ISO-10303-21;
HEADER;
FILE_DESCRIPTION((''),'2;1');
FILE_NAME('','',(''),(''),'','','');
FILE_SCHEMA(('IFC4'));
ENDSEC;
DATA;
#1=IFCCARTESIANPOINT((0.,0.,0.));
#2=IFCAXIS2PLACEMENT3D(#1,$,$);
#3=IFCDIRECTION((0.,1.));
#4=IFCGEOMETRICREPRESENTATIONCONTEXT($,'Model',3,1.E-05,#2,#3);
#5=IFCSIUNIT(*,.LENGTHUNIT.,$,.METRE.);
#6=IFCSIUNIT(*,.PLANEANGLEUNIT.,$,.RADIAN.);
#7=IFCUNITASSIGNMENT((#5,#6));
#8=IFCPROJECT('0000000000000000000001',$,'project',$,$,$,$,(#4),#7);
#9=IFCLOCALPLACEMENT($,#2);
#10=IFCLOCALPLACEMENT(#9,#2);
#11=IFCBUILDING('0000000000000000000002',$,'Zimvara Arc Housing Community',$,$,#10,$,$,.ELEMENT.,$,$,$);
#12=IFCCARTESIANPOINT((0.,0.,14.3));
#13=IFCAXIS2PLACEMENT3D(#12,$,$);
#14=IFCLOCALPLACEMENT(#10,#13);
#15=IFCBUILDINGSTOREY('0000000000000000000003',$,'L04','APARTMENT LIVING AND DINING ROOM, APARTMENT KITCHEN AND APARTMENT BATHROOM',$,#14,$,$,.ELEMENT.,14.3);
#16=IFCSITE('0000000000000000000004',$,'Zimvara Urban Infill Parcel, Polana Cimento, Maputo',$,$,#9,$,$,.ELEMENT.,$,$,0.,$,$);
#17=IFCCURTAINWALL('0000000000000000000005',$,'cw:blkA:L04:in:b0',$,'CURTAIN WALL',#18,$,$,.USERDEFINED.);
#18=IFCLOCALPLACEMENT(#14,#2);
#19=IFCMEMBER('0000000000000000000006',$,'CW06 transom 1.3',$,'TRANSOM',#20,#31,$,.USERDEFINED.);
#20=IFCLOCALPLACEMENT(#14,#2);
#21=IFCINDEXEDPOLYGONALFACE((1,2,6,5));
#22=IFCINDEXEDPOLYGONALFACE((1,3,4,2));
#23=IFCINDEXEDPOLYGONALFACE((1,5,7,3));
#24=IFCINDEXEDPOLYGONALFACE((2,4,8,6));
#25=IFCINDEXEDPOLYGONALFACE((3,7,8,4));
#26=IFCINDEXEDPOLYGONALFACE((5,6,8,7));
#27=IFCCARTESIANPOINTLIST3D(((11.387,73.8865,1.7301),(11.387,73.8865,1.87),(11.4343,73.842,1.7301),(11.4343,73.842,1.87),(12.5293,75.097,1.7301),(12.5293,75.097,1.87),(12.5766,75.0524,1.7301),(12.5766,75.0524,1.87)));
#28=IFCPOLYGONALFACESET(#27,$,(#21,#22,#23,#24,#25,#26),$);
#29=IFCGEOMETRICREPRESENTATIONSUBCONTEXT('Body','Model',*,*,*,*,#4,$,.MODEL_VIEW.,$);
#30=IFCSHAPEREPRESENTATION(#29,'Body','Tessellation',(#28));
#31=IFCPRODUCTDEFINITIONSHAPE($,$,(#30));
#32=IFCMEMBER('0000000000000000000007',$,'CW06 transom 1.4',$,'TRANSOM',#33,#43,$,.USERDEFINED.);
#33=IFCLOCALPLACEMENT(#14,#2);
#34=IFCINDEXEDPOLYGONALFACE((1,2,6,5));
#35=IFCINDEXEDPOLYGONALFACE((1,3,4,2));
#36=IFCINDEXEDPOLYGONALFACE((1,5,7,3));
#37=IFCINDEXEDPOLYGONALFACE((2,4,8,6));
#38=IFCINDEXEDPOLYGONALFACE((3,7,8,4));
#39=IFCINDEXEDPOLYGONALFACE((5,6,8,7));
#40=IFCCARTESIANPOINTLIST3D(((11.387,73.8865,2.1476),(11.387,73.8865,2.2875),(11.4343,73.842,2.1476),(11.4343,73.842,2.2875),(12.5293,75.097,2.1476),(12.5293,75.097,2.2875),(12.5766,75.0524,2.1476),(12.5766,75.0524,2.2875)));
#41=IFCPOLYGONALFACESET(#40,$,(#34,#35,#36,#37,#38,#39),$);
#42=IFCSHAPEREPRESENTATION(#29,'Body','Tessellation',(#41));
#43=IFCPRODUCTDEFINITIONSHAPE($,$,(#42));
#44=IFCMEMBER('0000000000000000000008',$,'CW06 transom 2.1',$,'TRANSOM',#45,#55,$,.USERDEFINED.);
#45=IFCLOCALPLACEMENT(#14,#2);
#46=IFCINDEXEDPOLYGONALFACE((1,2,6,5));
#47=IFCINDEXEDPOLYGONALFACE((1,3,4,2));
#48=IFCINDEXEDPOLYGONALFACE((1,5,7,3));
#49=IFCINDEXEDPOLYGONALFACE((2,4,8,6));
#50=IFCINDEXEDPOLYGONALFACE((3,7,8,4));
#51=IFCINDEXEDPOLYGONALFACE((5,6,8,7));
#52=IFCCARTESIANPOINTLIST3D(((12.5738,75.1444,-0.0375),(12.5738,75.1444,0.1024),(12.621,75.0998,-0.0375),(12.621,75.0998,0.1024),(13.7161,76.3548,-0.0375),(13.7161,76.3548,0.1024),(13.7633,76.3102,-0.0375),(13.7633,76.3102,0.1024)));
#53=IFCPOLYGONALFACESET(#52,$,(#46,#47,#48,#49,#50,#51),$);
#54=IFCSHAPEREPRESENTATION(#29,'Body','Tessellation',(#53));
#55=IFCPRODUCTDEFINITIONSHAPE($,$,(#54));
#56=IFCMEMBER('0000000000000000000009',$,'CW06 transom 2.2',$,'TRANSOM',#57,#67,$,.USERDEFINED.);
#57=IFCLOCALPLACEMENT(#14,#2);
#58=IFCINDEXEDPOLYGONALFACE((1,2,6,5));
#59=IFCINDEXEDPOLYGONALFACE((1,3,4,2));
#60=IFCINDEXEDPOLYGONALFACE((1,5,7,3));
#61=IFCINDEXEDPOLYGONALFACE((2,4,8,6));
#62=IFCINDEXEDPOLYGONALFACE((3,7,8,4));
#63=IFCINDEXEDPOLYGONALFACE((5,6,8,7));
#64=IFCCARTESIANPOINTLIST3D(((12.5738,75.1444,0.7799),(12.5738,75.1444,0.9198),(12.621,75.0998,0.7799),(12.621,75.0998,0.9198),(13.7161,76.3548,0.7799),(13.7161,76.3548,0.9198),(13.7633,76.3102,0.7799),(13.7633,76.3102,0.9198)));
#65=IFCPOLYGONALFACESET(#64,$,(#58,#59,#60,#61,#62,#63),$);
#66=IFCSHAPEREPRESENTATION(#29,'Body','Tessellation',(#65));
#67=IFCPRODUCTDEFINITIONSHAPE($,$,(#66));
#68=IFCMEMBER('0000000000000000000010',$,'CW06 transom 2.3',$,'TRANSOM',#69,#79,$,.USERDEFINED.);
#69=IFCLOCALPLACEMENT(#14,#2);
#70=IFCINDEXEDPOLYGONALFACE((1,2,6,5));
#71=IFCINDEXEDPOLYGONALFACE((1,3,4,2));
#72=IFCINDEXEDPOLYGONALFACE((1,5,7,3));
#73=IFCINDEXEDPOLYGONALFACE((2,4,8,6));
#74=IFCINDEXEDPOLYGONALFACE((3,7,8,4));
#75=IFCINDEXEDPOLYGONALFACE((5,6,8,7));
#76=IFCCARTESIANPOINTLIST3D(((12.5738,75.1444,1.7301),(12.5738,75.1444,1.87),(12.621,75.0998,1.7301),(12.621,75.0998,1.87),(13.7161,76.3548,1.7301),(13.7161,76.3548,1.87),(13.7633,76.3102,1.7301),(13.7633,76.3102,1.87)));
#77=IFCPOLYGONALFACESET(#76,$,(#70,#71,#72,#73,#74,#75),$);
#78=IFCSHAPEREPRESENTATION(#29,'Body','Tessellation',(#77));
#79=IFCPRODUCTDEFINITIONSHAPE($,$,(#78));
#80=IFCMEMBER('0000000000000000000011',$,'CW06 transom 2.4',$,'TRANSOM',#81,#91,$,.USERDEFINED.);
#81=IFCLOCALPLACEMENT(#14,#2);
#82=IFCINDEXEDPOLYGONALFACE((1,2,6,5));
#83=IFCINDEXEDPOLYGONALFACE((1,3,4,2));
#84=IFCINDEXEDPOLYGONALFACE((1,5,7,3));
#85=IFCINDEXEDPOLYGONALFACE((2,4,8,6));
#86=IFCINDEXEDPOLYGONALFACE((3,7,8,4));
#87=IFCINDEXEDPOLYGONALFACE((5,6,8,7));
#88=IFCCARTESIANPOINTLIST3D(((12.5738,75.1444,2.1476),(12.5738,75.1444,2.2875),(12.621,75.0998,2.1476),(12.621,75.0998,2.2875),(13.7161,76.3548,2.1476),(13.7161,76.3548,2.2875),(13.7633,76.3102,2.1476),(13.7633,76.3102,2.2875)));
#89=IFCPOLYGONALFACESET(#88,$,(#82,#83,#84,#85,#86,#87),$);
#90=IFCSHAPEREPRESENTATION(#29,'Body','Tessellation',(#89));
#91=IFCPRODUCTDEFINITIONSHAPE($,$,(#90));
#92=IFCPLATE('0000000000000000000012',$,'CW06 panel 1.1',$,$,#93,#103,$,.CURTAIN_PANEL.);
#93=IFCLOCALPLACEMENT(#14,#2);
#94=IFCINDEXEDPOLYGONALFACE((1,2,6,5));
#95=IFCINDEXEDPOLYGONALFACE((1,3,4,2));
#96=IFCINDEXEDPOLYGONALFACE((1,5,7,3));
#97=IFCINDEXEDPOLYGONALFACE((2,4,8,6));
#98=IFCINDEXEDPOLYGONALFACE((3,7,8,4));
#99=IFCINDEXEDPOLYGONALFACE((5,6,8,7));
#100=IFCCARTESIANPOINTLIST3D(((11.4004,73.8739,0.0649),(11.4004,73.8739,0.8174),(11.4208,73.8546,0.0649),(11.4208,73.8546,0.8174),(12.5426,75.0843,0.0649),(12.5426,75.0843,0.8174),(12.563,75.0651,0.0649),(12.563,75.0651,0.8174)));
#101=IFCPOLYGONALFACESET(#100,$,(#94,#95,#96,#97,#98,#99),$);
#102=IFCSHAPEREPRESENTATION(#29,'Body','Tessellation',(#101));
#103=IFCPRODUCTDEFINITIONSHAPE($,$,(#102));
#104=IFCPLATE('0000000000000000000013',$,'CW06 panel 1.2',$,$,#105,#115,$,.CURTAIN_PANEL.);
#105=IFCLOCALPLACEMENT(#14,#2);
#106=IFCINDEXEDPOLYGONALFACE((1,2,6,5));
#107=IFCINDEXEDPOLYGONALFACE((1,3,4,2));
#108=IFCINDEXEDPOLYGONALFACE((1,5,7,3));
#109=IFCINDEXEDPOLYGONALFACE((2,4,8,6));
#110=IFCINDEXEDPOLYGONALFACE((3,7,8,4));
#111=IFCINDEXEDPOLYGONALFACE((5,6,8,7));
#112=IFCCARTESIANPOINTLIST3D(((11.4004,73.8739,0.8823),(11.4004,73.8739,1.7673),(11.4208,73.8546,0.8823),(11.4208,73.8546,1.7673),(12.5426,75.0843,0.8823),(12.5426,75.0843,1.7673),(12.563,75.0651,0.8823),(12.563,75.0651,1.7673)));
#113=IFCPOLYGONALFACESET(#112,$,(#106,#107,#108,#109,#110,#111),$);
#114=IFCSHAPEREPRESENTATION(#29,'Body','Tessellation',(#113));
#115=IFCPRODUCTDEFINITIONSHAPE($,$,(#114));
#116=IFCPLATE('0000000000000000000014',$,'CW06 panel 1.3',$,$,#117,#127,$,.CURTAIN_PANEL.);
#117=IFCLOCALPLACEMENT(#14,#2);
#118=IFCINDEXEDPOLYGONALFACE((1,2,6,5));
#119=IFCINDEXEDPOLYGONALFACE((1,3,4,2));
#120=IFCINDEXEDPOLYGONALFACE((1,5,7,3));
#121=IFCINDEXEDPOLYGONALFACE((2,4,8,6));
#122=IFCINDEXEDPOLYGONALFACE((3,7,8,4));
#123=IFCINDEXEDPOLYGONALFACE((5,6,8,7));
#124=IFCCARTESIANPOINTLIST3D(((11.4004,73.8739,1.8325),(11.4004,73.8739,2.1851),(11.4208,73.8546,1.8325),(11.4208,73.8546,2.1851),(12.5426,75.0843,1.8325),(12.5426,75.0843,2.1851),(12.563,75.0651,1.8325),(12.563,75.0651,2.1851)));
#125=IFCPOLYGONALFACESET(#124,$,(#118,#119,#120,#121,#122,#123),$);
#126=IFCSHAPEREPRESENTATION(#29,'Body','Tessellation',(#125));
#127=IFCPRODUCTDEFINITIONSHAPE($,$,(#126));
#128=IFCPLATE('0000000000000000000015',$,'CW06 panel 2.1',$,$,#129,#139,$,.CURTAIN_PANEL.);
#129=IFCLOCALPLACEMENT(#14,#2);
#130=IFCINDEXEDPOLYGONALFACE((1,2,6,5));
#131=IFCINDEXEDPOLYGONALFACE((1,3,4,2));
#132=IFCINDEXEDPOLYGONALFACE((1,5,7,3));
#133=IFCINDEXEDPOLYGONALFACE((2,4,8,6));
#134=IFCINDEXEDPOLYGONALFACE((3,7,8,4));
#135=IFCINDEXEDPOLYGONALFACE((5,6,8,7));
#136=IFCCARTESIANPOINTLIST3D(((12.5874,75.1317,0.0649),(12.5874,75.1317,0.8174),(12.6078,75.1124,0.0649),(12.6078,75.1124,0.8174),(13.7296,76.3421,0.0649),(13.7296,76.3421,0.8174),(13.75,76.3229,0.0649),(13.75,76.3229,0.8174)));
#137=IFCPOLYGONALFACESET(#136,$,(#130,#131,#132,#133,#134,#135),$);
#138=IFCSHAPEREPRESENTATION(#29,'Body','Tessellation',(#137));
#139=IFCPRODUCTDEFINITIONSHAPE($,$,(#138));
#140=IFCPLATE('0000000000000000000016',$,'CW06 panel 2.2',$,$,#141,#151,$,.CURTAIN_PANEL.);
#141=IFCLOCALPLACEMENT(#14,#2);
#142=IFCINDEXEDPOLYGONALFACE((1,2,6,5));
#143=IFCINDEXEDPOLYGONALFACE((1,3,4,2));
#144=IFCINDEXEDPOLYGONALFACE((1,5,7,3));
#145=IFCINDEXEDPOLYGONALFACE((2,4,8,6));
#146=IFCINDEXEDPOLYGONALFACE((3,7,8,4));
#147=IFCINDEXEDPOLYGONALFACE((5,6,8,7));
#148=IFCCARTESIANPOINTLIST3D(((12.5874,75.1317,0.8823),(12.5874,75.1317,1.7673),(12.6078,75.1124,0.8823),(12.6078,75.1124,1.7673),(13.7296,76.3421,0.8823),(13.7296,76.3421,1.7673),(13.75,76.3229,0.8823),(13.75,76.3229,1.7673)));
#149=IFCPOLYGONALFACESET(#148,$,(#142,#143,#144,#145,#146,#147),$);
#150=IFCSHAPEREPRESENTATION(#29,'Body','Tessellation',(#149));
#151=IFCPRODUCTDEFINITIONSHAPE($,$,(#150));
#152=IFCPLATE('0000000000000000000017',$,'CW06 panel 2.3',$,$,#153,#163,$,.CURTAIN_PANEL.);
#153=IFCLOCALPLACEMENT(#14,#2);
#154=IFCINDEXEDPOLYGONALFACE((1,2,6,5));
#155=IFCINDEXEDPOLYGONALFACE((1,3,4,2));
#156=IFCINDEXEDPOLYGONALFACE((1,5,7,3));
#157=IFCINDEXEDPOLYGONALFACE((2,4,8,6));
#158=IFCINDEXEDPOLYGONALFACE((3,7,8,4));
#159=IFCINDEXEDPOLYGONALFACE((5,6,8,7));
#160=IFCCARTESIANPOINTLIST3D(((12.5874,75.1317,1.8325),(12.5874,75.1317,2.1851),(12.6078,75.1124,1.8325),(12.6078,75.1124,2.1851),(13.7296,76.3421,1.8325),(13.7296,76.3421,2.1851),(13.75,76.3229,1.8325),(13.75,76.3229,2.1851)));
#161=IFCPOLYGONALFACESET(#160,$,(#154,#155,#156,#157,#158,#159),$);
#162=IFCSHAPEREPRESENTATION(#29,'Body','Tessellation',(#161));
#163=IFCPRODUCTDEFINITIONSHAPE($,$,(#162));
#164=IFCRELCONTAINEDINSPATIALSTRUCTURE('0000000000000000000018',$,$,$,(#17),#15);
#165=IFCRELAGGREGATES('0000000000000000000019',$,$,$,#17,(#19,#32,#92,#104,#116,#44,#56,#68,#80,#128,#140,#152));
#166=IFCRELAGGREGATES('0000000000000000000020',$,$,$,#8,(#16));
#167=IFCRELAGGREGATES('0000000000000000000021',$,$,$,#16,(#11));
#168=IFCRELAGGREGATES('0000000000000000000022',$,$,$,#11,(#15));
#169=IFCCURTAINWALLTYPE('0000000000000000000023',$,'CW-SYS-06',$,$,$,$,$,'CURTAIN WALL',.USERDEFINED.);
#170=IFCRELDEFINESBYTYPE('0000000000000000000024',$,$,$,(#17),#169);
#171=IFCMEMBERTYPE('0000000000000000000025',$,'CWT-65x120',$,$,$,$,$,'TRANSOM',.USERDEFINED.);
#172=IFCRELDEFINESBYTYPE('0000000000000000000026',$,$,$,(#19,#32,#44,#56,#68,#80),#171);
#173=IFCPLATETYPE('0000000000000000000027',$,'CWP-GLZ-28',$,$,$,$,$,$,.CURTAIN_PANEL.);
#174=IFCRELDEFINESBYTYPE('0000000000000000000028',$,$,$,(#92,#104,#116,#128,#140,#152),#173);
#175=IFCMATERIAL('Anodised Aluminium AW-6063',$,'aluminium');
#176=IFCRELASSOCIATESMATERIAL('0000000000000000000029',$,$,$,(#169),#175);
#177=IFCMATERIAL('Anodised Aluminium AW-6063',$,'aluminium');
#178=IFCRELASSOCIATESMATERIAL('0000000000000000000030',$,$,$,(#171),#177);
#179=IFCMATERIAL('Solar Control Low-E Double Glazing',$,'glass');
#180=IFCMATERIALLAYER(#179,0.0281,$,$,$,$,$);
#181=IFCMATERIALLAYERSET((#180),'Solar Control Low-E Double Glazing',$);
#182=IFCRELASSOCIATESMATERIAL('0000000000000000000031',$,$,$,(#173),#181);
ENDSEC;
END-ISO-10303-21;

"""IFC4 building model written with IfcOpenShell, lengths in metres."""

from ifc_helpers import new_model, si_unit, direction, frame, origin, origin_2d, place, context, subcontext, project, spatial, rectangle, extrude, material, layer, layer_set, material_profile, profile_set, type_object, element, aggregate, save


model = new_model("IFC4")

# Units and contexts
model_context = context("Model", 3, precision=1e-05, world=origin(), true_north=direction((0.0, 1.0)))
body_context = subcontext(model_context, "Body", "Model", "MODEL_VIEW")
ifc_project = project(units=[si_unit("LENGTHUNIT", "METRE"), si_unit("PLANEANGLEUNIT", "RADIAN")], contexts=[model_context])

# Site, building, storey
site_placement = place(None, origin())
site = spatial("IfcSite", under=ifc_project, at=site_placement, Name="Zimvara Urban Infill Parcel, Polana Cimento, Maputo", CompositionType="ELEMENT", RefElevation=0.0)
building_placement = place(site_placement, origin())
building = spatial("IfcBuilding", under=site, at=building_placement, Name="Zimvara Arc Housing Community", CompositionType="ELEMENT")
storey_placement = place(building_placement, frame((0.0, 0.0, 14.3)))
storey = spatial("IfcBuildingStorey", under=building, at=storey_placement, Name="L04", Description="APARTMENT LIVING AND DINING ROOM, APARTMENT KITCHEN AND APARTMENT BATHROOM", CompositionType="ELEMENT", Elevation=14.3)

# Curtain wall, members, plates
ifc_material_1 = material(Name="Anodised Aluminium AW-6063", Category="aluminium")
curtain_wall_type = type_object("IfcCurtainWallType", Name="CW-SYS-06", ElementType="CURTAIN WALL", PredefinedType="USERDEFINED", material=ifc_material_1)
curtain_wall_placement = place(storey_placement, origin())
curtain_wall = element("IfcCurtainWall", 1, at=curtain_wall_placement, inside=storey, type_object=curtain_wall_type, Name="cw:blkA:L04:in:b0", ObjectType="CURTAIN WALL", PredefinedType="USERDEFINED")
ifc_material_2 = material(Name="Anodised Aluminium AW-6063", Category="aluminium")
ifc_material_profile_1 = material_profile(ifc_material_2, rectangle(XDim=0.0649, YDim=0.1399, at=origin_2d()), Name="ALU 65x140")
ifc_profile_set_1 = profile_set([ifc_material_profile_1], Name="Anodised Aluminium AW-6063")
member_type_1 = type_object("IfcMemberType", Name="CWT-65x120", ElementType="TRANSOM", PredefinedType="USERDEFINED", material=ifc_profile_set_1)
member_1_placement = place(storey_placement, frame((11.4106, 73.8643, 1.8), z_axis=(0.686348, 0.727273, 0.0), x_axis=(-0.727273, 0.686348, 0.0)))
member_1 = element("IfcMember", 2, at=member_1_placement, type_object=member_type_1, Name="CW06 transom 1.3", ObjectType="TRANSOM", PredefinedType="USERDEFINED", context=body_context, shape_type="SweptSolid", body=[
    extrude(rectangle(XDim=0.0649, YDim=0.1399, at=origin_2d()), origin(), (0.0, 0.0, 1.0), 1.6643),
])
member_2_placement = place(storey_placement, frame((11.4106, 73.8643, 2.2175), z_axis=(0.686348, 0.727273, 0.0), x_axis=(-0.727273, 0.686348, 0.0)))
member_2 = element("IfcMember", 3, at=member_2_placement, type_object=member_type_1, Name="CW06 transom 1.4", ObjectType="TRANSOM", PredefinedType="USERDEFINED", context=body_context, shape_type="SweptSolid", body=[
    extrude(rectangle(XDim=0.0649, YDim=0.1399, at=origin_2d()), origin(), (0.0, 0.0, 1.0), 1.6643),
])
member_3_placement = place(storey_placement, frame((12.5974, 75.1221, 0.0325), z_axis=(0.686348, 0.727273, 0.0), x_axis=(-0.727273, 0.686348, 0.0)))
member_3 = element("IfcMember", 4, at=member_3_placement, type_object=member_type_1, Name="CW06 transom 2.1", ObjectType="TRANSOM", PredefinedType="USERDEFINED", context=body_context, shape_type="SweptSolid", body=[
    extrude(rectangle(XDim=0.0649, YDim=0.1399, at=origin_2d()), origin(), (0.0, 0.0, 1.0), 1.6643),
])
member_4_placement = place(storey_placement, frame((12.5974, 75.1221, 0.8499), z_axis=(0.686348, 0.727273, 0.0), x_axis=(-0.727273, 0.686348, 0.0)))
member_4 = element("IfcMember", 5, at=member_4_placement, type_object=member_type_1, Name="CW06 transom 2.2", ObjectType="TRANSOM", PredefinedType="USERDEFINED", context=body_context, shape_type="SweptSolid", body=[
    extrude(rectangle(XDim=0.0649, YDim=0.1399, at=origin_2d()), origin(), (0.0, 0.0, 1.0), 1.6643),
])
member_5_placement = place(storey_placement, frame((12.5974, 75.1221, 1.8), z_axis=(0.686348, 0.727273, 0.0), x_axis=(-0.727273, 0.686348, 0.0)))
member_5 = element("IfcMember", 6, at=member_5_placement, type_object=member_type_1, Name="CW06 transom 2.3", ObjectType="TRANSOM", PredefinedType="USERDEFINED", context=body_context, shape_type="SweptSolid", body=[
    extrude(rectangle(XDim=0.0649, YDim=0.1399, at=origin_2d()), origin(), (0.0, 0.0, 1.0), 1.6643),
])
member_6_placement = place(storey_placement, frame((12.5974, 75.1221, 2.2175), z_axis=(0.686348, 0.727273, 0.0), x_axis=(-0.727273, 0.686348, 0.0)))
member_6 = element("IfcMember", 7, at=member_6_placement, type_object=member_type_1, Name="CW06 transom 2.4", ObjectType="TRANSOM", PredefinedType="USERDEFINED", context=body_context, shape_type="SweptSolid", body=[
    extrude(rectangle(XDim=0.0649, YDim=0.1399, at=origin_2d()), origin(), (0.0, 0.0, 1.0), 1.6643),
])
ifc_material_3 = material(Name="Solar Control Low-E Double Glazing", Category="glass")
ifc_layer_1 = layer(ifc_material_3, 0.0281)
ifc_layer_set_1 = layer_set([ifc_layer_1], Name="Solar Control Low-E Double Glazing")
plate_type = type_object("IfcPlateType", Name="CWP-GLZ-28", PredefinedType="CURTAIN_PANEL", material=ifc_layer_set_1)
plate_1_placement = place(storey_placement, frame((11.9817, 74.4695, 0.0649), z_axis=(0.0, 0.0, 1.0), x_axis=(0.686327, 0.727293, 0.0)))
plate_1 = element("IfcPlate", 8, at=plate_1_placement, type_object=plate_type, Name="CW06 panel 1.1", PredefinedType="CURTAIN_PANEL", context=body_context, shape_type="SweptSolid", body=[
    extrude(rectangle(XDim=1.6643, YDim=0.0281, at=origin_2d()), origin(), (0.0, 0.0, 1.0), 0.7524),
])
plate_2_placement = place(storey_placement, frame((11.9817, 74.4695, 0.8823), z_axis=(0.0, 0.0, 1.0), x_axis=(0.686327, 0.727293, 0.0)))
plate_2 = element("IfcPlate", 9, at=plate_2_placement, type_object=plate_type, Name="CW06 panel 1.2", PredefinedType="CURTAIN_PANEL", context=body_context, shape_type="SweptSolid", body=[
    extrude(rectangle(XDim=1.6643, YDim=0.0281, at=origin_2d()), origin(), (0.0, 0.0, 1.0), 0.885),
])
plate_3_placement = place(storey_placement, frame((11.9817, 74.4695, 1.8325), z_axis=(0.0, 0.0, 1.0), x_axis=(0.686327, 0.727293, 0.0)))
plate_3 = element("IfcPlate", 10, at=plate_3_placement, type_object=plate_type, Name="CW06 panel 1.3", PredefinedType="CURTAIN_PANEL", context=body_context, shape_type="SweptSolid", body=[
    extrude(rectangle(XDim=1.6643, YDim=0.0281, at=origin_2d()), origin(), (0.0, 0.0, 1.0), 0.3525),
])
plate_4_placement = place(storey_placement, frame((13.1687, 75.7273, 0.0649), z_axis=(0.0, 0.0, 1.0), x_axis=(0.686327, 0.727293, 0.0)))
plate_4 = element("IfcPlate", 11, at=plate_4_placement, type_object=plate_type, Name="CW06 panel 2.1", PredefinedType="CURTAIN_PANEL", context=body_context, shape_type="SweptSolid", body=[
    extrude(rectangle(XDim=1.6643, YDim=0.0281, at=origin_2d()), origin(), (0.0, 0.0, 1.0), 0.7524),
])
plate_5_placement = place(storey_placement, frame((13.1687, 75.7273, 0.8823), z_axis=(0.0, 0.0, 1.0), x_axis=(0.686327, 0.727293, 0.0)))
plate_5 = element("IfcPlate", 12, at=plate_5_placement, type_object=plate_type, Name="CW06 panel 2.2", PredefinedType="CURTAIN_PANEL", context=body_context, shape_type="SweptSolid", body=[
    extrude(rectangle(XDim=1.6643, YDim=0.0281, at=origin_2d()), origin(), (0.0, 0.0, 1.0), 0.885),
])
plate_6_placement = place(storey_placement, frame((13.1687, 75.7273, 1.8325), z_axis=(0.0, 0.0, 1.0), x_axis=(0.686327, 0.727293, 0.0)))
plate_6 = element("IfcPlate", 13, at=plate_6_placement, type_object=plate_type, Name="CW06 panel 2.3", PredefinedType="CURTAIN_PANEL", context=body_context, shape_type="SweptSolid", body=[
    extrude(rectangle(XDim=1.6643, YDim=0.0281, at=origin_2d()), origin(), (0.0, 0.0, 1.0), 0.3525),
])
aggregate(curtain_wall, [member_1, member_2, plate_1, plate_2, plate_3, member_3, member_4, member_5, member_6, plate_4, plate_5, plate_6])

save(model, "model.ifc")
